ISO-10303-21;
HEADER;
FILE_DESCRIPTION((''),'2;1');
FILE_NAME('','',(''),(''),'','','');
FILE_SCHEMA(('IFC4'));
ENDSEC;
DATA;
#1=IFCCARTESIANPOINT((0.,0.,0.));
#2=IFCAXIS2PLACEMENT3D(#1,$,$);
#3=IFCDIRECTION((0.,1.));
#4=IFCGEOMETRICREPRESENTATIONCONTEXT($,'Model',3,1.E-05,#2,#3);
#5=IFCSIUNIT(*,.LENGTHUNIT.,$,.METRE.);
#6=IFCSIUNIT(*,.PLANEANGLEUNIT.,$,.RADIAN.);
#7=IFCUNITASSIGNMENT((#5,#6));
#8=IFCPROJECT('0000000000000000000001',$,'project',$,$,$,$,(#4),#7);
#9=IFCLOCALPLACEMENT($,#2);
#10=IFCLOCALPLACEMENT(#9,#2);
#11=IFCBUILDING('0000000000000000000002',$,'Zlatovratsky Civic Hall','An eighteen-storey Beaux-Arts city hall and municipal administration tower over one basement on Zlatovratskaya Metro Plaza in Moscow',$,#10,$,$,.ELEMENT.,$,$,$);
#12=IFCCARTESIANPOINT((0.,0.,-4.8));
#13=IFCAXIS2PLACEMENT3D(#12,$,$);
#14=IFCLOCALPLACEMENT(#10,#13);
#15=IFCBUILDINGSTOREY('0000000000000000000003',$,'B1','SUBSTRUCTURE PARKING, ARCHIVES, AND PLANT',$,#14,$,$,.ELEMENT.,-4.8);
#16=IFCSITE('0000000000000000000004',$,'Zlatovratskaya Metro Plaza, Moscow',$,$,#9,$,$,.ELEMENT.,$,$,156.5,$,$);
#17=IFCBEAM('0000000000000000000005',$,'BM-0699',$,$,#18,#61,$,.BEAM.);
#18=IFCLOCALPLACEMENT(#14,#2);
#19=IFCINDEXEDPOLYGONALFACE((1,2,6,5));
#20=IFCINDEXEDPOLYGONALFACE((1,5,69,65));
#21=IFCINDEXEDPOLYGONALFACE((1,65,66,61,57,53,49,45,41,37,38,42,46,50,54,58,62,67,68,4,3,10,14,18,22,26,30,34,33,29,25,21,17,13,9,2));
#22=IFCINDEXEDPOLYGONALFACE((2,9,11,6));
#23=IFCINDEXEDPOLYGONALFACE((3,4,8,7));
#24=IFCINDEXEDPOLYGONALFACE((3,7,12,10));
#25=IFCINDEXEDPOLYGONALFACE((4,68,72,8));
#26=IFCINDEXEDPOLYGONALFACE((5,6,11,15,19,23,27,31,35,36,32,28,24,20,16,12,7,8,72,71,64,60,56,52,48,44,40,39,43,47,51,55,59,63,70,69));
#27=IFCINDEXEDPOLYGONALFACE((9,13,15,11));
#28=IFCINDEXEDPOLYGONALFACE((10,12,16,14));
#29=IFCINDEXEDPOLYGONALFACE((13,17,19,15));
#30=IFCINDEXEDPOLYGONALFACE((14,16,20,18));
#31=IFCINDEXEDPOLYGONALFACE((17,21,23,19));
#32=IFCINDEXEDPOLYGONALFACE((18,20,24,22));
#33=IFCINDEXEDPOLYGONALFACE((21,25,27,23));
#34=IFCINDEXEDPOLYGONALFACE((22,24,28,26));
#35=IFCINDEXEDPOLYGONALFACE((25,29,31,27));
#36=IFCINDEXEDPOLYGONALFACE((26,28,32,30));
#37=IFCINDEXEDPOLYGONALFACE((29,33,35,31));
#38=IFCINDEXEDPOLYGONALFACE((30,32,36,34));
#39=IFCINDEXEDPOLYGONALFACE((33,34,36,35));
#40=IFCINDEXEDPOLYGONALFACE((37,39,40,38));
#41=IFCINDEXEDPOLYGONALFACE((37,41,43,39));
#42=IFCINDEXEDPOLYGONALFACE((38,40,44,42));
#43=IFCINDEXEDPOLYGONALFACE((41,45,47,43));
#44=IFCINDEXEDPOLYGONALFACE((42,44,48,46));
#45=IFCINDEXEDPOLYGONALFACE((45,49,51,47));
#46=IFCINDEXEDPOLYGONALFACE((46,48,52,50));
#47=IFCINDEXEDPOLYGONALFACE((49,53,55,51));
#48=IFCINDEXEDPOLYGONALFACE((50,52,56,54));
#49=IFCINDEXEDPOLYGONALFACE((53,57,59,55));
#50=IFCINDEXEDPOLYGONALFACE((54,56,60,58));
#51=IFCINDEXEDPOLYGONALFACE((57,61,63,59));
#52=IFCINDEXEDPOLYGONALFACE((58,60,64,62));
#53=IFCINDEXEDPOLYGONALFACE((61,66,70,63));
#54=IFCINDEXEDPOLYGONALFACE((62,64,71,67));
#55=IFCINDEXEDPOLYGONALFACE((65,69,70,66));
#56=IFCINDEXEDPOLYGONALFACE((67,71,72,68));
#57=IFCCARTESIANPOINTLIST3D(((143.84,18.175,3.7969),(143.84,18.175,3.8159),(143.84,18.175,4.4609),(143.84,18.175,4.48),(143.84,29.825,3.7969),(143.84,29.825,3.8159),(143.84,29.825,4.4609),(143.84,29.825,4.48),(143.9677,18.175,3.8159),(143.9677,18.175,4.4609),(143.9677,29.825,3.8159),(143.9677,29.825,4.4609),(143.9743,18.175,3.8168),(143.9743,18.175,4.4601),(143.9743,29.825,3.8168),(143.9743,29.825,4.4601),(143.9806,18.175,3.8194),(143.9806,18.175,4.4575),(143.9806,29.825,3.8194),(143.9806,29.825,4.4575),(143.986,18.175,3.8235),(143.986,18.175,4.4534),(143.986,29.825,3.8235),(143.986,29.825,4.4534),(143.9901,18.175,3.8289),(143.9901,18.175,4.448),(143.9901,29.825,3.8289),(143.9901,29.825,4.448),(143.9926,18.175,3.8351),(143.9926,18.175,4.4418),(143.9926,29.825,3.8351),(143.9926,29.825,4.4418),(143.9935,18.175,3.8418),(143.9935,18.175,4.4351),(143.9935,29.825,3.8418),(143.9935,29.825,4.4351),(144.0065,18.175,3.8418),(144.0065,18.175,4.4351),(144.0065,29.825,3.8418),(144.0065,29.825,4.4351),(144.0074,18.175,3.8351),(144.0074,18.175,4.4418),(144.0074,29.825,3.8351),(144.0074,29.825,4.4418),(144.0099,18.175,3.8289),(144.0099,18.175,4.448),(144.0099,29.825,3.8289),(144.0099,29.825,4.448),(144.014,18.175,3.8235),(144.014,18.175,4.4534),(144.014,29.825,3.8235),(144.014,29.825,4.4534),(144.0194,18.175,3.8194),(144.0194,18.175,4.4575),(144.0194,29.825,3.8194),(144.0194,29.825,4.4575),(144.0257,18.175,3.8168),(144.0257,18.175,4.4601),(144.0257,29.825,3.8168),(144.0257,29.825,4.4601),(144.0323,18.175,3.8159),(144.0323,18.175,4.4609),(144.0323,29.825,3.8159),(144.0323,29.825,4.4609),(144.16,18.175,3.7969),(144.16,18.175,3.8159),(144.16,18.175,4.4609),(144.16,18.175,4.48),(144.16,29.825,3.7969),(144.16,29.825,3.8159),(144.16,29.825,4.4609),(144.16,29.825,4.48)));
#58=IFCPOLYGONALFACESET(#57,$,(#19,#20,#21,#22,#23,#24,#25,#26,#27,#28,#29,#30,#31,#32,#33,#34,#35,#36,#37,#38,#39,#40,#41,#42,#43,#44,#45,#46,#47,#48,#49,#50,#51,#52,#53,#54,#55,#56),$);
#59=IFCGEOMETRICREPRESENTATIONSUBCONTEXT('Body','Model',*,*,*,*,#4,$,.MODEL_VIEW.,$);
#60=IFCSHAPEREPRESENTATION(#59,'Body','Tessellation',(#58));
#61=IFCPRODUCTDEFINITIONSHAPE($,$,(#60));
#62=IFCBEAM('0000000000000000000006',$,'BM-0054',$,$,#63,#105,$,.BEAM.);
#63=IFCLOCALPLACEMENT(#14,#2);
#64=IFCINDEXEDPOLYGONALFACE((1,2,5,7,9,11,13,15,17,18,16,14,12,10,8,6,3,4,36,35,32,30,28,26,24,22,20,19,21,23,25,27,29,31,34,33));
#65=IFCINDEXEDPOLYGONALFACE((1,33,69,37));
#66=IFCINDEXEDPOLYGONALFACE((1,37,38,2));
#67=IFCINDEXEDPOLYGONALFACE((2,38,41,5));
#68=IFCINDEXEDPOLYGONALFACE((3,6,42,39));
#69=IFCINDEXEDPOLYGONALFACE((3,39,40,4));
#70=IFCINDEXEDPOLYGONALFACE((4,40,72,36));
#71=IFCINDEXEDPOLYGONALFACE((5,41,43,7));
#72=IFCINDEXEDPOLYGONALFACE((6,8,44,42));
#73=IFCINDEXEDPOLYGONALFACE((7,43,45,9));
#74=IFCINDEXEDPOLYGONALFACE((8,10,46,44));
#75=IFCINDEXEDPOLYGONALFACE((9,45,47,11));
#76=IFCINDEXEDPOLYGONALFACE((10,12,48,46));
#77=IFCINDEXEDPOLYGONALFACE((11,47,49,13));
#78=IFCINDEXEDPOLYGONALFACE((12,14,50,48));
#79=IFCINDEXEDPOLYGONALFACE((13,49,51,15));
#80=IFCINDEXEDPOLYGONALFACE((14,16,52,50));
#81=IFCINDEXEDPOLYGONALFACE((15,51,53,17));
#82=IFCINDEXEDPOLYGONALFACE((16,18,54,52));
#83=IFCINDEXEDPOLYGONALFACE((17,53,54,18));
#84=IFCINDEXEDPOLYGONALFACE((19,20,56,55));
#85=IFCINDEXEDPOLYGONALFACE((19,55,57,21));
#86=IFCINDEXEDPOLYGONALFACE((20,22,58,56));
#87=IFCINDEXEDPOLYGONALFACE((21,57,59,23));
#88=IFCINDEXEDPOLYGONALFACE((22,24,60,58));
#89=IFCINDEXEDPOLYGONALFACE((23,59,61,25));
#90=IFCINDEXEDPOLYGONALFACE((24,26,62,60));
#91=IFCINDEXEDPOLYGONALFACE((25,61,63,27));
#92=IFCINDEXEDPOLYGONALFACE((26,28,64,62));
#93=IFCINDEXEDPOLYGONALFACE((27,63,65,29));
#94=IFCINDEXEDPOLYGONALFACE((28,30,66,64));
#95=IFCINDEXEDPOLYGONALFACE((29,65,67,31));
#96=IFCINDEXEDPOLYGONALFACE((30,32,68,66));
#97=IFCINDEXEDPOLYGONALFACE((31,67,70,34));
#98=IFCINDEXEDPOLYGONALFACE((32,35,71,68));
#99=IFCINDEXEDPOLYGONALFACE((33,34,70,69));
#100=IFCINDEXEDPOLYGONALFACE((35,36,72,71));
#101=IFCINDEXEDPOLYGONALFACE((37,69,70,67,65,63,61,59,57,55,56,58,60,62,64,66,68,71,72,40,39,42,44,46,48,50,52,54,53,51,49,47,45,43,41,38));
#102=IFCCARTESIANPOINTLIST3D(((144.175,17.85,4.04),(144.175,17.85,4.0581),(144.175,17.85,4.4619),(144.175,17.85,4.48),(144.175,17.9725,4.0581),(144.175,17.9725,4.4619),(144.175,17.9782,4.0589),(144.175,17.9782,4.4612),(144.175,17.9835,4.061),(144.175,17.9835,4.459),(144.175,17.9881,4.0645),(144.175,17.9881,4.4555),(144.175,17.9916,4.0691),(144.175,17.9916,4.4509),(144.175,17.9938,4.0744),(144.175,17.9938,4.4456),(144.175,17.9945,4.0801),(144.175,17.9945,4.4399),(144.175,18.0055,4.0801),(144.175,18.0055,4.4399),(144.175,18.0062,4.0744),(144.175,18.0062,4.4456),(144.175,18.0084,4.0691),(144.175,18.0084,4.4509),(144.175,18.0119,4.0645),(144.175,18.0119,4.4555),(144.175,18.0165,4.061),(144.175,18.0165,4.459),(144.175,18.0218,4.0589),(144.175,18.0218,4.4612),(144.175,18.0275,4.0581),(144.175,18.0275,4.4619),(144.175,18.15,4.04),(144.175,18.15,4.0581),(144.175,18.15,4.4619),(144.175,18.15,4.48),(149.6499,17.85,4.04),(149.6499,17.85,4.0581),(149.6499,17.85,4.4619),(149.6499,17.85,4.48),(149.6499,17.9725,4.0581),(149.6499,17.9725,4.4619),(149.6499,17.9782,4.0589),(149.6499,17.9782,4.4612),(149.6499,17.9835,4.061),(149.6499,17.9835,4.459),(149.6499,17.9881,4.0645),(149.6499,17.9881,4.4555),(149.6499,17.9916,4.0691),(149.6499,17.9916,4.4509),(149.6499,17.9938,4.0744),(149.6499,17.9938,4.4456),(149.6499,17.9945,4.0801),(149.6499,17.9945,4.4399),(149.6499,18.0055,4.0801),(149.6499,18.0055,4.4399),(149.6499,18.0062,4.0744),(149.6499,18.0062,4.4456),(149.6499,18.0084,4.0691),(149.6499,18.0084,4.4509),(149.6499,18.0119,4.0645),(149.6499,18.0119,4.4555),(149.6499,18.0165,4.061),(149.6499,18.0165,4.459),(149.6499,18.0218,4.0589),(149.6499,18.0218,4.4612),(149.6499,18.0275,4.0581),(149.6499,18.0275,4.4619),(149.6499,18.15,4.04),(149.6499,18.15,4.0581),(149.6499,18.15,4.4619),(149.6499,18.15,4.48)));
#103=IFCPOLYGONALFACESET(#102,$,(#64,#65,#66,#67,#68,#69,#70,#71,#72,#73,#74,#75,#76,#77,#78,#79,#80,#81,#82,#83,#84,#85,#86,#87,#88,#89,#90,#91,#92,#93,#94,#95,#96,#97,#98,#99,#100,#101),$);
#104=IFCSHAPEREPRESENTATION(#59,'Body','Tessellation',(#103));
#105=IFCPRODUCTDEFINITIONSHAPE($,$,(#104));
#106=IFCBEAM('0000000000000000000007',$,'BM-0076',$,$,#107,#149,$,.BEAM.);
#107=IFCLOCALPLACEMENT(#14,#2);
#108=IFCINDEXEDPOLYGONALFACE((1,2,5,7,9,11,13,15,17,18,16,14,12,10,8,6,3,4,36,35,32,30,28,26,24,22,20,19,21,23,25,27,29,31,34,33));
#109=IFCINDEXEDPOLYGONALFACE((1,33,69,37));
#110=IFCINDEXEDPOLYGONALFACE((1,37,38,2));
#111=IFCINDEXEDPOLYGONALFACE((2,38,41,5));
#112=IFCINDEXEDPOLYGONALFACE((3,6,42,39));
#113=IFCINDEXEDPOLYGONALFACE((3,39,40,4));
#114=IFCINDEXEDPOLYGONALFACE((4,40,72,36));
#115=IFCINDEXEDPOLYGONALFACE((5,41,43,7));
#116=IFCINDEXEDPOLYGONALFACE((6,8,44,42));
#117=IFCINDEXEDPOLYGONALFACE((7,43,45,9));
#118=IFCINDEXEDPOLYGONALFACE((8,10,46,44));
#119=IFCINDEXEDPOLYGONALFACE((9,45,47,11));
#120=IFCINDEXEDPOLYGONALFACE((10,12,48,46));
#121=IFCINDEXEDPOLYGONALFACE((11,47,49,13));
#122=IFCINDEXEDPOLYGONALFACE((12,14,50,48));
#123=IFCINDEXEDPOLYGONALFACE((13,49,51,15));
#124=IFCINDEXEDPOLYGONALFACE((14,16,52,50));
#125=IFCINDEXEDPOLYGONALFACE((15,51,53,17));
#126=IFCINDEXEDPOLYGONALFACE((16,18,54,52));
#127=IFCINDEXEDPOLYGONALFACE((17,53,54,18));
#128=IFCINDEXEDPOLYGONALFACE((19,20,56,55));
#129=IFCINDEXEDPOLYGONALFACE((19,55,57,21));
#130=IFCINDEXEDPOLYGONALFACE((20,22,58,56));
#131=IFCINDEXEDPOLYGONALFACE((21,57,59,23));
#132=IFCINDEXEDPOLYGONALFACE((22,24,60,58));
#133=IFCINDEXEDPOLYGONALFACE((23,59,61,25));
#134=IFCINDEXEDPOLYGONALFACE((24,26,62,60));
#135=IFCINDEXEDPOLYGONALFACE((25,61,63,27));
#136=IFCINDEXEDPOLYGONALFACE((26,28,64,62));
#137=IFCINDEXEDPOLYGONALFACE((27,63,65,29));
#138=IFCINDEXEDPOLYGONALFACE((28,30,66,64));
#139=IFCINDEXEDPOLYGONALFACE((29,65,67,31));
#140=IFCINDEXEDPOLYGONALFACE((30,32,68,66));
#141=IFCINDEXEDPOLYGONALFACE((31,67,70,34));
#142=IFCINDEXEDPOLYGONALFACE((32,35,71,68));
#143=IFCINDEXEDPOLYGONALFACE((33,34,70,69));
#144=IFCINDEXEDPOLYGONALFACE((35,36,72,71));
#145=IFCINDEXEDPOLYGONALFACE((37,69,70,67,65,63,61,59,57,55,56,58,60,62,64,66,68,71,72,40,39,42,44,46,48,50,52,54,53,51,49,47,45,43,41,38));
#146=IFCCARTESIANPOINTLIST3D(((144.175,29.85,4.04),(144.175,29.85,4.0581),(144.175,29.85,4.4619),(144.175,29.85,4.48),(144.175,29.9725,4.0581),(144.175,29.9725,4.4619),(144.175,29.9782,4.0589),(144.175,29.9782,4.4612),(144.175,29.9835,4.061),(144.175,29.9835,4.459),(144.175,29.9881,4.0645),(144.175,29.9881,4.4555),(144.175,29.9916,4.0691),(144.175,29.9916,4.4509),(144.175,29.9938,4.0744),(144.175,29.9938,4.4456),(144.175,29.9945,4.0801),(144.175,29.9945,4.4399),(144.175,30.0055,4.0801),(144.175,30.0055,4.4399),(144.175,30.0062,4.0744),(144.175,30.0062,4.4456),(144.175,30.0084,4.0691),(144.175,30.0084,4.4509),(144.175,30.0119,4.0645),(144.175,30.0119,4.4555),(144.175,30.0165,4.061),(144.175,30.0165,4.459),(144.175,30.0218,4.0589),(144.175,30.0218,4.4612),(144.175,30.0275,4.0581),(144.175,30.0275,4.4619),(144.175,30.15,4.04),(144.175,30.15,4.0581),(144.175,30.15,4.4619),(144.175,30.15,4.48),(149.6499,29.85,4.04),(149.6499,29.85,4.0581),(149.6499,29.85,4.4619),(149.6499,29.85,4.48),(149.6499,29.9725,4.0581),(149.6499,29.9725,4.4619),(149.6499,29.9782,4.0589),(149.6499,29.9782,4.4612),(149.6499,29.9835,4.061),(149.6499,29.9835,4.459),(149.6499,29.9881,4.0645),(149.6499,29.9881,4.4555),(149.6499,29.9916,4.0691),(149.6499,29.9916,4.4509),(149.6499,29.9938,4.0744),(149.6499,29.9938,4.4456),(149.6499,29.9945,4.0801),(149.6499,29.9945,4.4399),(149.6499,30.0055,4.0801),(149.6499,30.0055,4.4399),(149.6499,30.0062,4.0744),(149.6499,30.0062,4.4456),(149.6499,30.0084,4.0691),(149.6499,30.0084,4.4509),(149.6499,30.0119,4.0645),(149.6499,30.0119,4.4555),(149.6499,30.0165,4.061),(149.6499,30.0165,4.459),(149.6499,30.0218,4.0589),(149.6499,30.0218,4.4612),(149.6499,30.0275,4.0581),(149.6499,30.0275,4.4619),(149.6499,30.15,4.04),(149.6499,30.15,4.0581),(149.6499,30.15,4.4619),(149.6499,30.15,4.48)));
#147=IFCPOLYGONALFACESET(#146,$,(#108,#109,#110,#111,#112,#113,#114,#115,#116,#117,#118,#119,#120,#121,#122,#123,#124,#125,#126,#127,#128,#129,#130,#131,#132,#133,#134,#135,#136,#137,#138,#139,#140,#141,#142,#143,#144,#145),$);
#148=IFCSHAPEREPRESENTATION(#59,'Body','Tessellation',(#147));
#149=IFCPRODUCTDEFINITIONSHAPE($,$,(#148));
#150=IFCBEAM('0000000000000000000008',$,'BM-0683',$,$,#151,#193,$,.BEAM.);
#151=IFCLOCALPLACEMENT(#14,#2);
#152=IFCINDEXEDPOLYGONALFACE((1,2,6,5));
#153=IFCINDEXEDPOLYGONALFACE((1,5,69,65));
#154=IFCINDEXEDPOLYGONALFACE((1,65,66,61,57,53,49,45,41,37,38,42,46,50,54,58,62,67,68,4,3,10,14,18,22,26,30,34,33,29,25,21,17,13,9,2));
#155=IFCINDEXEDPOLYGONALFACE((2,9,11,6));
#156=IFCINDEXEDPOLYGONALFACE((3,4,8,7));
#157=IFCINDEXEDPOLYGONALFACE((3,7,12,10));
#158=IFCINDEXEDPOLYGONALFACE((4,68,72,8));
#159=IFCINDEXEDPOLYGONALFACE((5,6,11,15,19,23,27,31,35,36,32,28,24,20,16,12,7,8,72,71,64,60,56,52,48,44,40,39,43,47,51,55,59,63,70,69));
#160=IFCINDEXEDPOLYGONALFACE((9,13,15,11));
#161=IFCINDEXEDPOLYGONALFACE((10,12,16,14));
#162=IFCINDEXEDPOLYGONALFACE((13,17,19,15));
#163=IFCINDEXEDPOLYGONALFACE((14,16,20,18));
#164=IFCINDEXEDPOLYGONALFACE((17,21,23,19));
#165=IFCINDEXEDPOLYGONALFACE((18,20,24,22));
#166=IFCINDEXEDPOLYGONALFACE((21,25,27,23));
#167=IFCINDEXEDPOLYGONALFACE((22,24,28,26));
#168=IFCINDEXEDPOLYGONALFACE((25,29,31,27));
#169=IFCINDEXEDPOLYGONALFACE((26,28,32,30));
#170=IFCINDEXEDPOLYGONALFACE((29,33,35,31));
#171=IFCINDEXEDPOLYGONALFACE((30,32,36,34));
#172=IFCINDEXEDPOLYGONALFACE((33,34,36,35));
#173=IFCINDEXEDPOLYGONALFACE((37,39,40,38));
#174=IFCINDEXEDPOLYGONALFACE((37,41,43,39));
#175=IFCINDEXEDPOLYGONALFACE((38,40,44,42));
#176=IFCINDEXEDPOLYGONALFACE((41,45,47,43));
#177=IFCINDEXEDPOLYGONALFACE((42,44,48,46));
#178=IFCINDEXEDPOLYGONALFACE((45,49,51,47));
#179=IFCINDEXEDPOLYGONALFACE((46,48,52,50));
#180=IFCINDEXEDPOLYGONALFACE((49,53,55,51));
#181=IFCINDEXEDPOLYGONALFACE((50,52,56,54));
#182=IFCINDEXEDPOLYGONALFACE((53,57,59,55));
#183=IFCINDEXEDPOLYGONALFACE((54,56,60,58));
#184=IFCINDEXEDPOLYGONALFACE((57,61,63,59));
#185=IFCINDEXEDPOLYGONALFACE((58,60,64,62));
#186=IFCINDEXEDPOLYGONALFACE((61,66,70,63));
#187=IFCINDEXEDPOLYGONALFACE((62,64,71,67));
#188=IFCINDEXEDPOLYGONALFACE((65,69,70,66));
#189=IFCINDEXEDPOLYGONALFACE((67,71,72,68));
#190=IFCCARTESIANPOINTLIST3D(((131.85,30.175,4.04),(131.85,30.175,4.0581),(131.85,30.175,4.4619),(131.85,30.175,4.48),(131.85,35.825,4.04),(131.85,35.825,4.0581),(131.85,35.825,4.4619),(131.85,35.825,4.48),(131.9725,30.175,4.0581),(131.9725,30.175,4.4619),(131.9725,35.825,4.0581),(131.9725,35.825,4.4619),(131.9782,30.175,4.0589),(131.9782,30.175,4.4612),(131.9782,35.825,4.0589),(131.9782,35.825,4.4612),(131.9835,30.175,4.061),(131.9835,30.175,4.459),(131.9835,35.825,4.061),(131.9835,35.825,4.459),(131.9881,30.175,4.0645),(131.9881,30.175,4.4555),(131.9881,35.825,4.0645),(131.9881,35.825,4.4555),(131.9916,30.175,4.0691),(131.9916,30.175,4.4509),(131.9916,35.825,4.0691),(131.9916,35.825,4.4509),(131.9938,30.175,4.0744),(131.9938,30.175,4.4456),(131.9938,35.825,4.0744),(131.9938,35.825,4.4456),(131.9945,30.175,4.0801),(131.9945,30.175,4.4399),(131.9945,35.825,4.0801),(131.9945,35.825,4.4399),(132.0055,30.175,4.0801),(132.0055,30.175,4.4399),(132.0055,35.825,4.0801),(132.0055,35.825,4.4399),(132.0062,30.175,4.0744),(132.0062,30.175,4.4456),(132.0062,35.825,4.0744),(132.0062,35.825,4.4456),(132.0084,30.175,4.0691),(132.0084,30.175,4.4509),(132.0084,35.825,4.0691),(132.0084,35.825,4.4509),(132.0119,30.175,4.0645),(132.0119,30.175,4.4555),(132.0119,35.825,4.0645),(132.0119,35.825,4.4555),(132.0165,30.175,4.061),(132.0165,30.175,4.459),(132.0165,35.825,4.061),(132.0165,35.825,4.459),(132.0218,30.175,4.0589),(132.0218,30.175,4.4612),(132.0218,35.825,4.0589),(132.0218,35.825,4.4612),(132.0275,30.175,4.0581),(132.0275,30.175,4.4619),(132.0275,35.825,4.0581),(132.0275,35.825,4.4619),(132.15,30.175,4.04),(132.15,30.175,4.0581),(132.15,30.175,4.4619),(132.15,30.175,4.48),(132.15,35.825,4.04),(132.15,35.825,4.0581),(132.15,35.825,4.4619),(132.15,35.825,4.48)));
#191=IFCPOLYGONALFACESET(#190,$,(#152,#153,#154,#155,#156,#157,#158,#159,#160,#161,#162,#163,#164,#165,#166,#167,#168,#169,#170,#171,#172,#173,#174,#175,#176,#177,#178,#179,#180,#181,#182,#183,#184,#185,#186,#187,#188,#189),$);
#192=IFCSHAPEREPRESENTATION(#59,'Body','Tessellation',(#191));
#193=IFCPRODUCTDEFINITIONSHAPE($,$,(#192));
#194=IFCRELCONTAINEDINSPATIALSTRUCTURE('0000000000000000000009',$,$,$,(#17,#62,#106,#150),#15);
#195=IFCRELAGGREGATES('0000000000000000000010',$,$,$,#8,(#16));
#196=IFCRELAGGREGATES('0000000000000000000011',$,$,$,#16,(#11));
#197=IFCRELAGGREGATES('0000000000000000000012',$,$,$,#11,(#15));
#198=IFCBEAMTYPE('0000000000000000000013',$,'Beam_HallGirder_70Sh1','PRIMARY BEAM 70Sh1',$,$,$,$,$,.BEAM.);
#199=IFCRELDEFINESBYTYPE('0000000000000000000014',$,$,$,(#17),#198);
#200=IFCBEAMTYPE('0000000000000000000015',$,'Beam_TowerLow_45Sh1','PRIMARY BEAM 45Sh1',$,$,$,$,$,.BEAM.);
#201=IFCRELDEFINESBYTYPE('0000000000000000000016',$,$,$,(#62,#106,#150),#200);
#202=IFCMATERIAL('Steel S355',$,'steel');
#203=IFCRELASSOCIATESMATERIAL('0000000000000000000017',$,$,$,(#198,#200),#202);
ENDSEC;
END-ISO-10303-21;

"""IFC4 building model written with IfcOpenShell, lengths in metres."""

from ifc_helpers import new_model, si_unit, direction, frame, origin, origin_2d, place, context, subcontext, project, spatial, i_section, extrude, material, material_profile, profile_set, type_object, element, save


model = new_model("IFC4")

# Units and contexts
model_context = context("Model", 3, precision=1e-05, world=origin(), true_north=direction((0.0, 1.0)))
body_context = subcontext(model_context, "Body", "Model", "MODEL_VIEW")
ifc_project = project(units=[si_unit("LENGTHUNIT", "METRE"), si_unit("PLANEANGLEUNIT", "RADIAN")], contexts=[model_context])

# Site, building, storey
site_placement = place(None, origin())
site = spatial("IfcSite", under=ifc_project, at=site_placement, Name="Zlatovratskaya Metro Plaza, Moscow", CompositionType="ELEMENT", RefElevation=156.5)
building_placement = place(site_placement, origin())
building = spatial("IfcBuilding", under=site, at=building_placement, Name="Zlatovratsky Civic Hall", Description="An eighteen-storey Beaux-Arts city hall and municipal administration tower over one basement on Zlatovratskaya Metro Plaza in Moscow", CompositionType="ELEMENT")
storey_placement = place(building_placement, frame((0.0, 0.0, -4.8)))
storey = spatial("IfcBuildingStorey", under=building, at=storey_placement, Name="B1", Description="SUBSTRUCTURE PARKING, ARCHIVES, AND PLANT", CompositionType="ELEMENT", Elevation=-4.8)

# Shared definitions
ifc_material_1 = material(Name="Steel S355", Category="steel")

# Beams
ifc_material_profile_1 = material_profile(ifc_material_1, i_section(OverallWidth=0.3201, OverallDepth=0.6831, WebThickness=0.0129, FlangeThickness=0.019, FilletRadius=0.0259, at=origin_2d()), Name="70Sh1")
ifc_profile_set_1 = profile_set([ifc_material_profile_1], Name="Steel S355")
beam_type_1 = type_object("IfcBeamType", Name="Beam_HallGirder_70Sh1", Description="PRIMARY BEAM 70Sh1", PredefinedType="BEAM", material=ifc_profile_set_1)
for number, where, z_axis, x_axis, name in (
    (1, (144.0, 18.175, 4.1384), (0.0, 1.0, 0.0), (-1.0, 0.0, 0.0), "BM-0699"),
):
    element("IfcBeam", number, at=place(storey_placement, frame(where, z_axis=z_axis, x_axis=x_axis)), inside=storey, type_object=beam_type_1, Name=name, PredefinedType="BEAM", context=body_context, shape_type="SweptSolid", body=[
        extrude(i_section(OverallWidth=0.3201, OverallDepth=0.6831, WebThickness=0.0129, FlangeThickness=0.019, FilletRadius=0.0259, at=origin_2d()), origin(), (0.0, 0.0, 1.0), 11.6499),
    ])
ifc_material_profile_2 = material_profile(ifc_material_1, i_section(OverallWidth=0.3, OverallDepth=0.4399, WebThickness=0.011, FlangeThickness=0.0181, FilletRadius=0.022, at=origin_2d()), Name="45Sh1")
ifc_profile_set_2 = profile_set([ifc_material_profile_2], Name="Steel S355")
beam_type_2 = type_object("IfcBeamType", Name="Beam_TowerLow_45Sh1", Description="PRIMARY BEAM 45Sh1", PredefinedType="BEAM", material=ifc_profile_set_2)
for number, where, z_axis, x_axis, name in (
    (2, (144.175, 18.0, 4.26), (1.0, 0.0, 0.0), (0.0, 1.0, 0.0), "BM-0054"),
    (3, (144.175, 30.0, 4.26), (1.0, 0.0, 0.0), (0.0, 1.0, 0.0), "BM-0076"),
):
    element("IfcBeam", number, at=place(storey_placement, frame(where, z_axis=z_axis, x_axis=x_axis)), inside=storey, type_object=beam_type_2, Name=name, PredefinedType="BEAM", context=body_context, shape_type="SweptSolid", body=[
        extrude(i_section(OverallWidth=0.3, OverallDepth=0.4399, WebThickness=0.011, FlangeThickness=0.0181, FilletRadius=0.022, at=origin_2d()), origin(), (0.0, 0.0, 1.0), 5.4749),
    ])
for number, where, z_axis, x_axis, name in (
    (4, (132.0, 30.175, 4.26), (0.0, 1.0, 0.0), (-1.0, 0.0, 0.0), "BM-0683"),
):
    element("IfcBeam", number, at=place(storey_placement, frame(where, z_axis=z_axis, x_axis=x_axis)), inside=storey, type_object=beam_type_2, Name=name, PredefinedType="BEAM", context=body_context, shape_type="SweptSolid", body=[
        extrude(i_section(OverallWidth=0.3, OverallDepth=0.4399, WebThickness=0.011, FlangeThickness=0.0181, FilletRadius=0.022, at=origin_2d()), origin(), (0.0, 0.0, 1.0), 5.6499),
    ])

save(model, "model.ifc")
